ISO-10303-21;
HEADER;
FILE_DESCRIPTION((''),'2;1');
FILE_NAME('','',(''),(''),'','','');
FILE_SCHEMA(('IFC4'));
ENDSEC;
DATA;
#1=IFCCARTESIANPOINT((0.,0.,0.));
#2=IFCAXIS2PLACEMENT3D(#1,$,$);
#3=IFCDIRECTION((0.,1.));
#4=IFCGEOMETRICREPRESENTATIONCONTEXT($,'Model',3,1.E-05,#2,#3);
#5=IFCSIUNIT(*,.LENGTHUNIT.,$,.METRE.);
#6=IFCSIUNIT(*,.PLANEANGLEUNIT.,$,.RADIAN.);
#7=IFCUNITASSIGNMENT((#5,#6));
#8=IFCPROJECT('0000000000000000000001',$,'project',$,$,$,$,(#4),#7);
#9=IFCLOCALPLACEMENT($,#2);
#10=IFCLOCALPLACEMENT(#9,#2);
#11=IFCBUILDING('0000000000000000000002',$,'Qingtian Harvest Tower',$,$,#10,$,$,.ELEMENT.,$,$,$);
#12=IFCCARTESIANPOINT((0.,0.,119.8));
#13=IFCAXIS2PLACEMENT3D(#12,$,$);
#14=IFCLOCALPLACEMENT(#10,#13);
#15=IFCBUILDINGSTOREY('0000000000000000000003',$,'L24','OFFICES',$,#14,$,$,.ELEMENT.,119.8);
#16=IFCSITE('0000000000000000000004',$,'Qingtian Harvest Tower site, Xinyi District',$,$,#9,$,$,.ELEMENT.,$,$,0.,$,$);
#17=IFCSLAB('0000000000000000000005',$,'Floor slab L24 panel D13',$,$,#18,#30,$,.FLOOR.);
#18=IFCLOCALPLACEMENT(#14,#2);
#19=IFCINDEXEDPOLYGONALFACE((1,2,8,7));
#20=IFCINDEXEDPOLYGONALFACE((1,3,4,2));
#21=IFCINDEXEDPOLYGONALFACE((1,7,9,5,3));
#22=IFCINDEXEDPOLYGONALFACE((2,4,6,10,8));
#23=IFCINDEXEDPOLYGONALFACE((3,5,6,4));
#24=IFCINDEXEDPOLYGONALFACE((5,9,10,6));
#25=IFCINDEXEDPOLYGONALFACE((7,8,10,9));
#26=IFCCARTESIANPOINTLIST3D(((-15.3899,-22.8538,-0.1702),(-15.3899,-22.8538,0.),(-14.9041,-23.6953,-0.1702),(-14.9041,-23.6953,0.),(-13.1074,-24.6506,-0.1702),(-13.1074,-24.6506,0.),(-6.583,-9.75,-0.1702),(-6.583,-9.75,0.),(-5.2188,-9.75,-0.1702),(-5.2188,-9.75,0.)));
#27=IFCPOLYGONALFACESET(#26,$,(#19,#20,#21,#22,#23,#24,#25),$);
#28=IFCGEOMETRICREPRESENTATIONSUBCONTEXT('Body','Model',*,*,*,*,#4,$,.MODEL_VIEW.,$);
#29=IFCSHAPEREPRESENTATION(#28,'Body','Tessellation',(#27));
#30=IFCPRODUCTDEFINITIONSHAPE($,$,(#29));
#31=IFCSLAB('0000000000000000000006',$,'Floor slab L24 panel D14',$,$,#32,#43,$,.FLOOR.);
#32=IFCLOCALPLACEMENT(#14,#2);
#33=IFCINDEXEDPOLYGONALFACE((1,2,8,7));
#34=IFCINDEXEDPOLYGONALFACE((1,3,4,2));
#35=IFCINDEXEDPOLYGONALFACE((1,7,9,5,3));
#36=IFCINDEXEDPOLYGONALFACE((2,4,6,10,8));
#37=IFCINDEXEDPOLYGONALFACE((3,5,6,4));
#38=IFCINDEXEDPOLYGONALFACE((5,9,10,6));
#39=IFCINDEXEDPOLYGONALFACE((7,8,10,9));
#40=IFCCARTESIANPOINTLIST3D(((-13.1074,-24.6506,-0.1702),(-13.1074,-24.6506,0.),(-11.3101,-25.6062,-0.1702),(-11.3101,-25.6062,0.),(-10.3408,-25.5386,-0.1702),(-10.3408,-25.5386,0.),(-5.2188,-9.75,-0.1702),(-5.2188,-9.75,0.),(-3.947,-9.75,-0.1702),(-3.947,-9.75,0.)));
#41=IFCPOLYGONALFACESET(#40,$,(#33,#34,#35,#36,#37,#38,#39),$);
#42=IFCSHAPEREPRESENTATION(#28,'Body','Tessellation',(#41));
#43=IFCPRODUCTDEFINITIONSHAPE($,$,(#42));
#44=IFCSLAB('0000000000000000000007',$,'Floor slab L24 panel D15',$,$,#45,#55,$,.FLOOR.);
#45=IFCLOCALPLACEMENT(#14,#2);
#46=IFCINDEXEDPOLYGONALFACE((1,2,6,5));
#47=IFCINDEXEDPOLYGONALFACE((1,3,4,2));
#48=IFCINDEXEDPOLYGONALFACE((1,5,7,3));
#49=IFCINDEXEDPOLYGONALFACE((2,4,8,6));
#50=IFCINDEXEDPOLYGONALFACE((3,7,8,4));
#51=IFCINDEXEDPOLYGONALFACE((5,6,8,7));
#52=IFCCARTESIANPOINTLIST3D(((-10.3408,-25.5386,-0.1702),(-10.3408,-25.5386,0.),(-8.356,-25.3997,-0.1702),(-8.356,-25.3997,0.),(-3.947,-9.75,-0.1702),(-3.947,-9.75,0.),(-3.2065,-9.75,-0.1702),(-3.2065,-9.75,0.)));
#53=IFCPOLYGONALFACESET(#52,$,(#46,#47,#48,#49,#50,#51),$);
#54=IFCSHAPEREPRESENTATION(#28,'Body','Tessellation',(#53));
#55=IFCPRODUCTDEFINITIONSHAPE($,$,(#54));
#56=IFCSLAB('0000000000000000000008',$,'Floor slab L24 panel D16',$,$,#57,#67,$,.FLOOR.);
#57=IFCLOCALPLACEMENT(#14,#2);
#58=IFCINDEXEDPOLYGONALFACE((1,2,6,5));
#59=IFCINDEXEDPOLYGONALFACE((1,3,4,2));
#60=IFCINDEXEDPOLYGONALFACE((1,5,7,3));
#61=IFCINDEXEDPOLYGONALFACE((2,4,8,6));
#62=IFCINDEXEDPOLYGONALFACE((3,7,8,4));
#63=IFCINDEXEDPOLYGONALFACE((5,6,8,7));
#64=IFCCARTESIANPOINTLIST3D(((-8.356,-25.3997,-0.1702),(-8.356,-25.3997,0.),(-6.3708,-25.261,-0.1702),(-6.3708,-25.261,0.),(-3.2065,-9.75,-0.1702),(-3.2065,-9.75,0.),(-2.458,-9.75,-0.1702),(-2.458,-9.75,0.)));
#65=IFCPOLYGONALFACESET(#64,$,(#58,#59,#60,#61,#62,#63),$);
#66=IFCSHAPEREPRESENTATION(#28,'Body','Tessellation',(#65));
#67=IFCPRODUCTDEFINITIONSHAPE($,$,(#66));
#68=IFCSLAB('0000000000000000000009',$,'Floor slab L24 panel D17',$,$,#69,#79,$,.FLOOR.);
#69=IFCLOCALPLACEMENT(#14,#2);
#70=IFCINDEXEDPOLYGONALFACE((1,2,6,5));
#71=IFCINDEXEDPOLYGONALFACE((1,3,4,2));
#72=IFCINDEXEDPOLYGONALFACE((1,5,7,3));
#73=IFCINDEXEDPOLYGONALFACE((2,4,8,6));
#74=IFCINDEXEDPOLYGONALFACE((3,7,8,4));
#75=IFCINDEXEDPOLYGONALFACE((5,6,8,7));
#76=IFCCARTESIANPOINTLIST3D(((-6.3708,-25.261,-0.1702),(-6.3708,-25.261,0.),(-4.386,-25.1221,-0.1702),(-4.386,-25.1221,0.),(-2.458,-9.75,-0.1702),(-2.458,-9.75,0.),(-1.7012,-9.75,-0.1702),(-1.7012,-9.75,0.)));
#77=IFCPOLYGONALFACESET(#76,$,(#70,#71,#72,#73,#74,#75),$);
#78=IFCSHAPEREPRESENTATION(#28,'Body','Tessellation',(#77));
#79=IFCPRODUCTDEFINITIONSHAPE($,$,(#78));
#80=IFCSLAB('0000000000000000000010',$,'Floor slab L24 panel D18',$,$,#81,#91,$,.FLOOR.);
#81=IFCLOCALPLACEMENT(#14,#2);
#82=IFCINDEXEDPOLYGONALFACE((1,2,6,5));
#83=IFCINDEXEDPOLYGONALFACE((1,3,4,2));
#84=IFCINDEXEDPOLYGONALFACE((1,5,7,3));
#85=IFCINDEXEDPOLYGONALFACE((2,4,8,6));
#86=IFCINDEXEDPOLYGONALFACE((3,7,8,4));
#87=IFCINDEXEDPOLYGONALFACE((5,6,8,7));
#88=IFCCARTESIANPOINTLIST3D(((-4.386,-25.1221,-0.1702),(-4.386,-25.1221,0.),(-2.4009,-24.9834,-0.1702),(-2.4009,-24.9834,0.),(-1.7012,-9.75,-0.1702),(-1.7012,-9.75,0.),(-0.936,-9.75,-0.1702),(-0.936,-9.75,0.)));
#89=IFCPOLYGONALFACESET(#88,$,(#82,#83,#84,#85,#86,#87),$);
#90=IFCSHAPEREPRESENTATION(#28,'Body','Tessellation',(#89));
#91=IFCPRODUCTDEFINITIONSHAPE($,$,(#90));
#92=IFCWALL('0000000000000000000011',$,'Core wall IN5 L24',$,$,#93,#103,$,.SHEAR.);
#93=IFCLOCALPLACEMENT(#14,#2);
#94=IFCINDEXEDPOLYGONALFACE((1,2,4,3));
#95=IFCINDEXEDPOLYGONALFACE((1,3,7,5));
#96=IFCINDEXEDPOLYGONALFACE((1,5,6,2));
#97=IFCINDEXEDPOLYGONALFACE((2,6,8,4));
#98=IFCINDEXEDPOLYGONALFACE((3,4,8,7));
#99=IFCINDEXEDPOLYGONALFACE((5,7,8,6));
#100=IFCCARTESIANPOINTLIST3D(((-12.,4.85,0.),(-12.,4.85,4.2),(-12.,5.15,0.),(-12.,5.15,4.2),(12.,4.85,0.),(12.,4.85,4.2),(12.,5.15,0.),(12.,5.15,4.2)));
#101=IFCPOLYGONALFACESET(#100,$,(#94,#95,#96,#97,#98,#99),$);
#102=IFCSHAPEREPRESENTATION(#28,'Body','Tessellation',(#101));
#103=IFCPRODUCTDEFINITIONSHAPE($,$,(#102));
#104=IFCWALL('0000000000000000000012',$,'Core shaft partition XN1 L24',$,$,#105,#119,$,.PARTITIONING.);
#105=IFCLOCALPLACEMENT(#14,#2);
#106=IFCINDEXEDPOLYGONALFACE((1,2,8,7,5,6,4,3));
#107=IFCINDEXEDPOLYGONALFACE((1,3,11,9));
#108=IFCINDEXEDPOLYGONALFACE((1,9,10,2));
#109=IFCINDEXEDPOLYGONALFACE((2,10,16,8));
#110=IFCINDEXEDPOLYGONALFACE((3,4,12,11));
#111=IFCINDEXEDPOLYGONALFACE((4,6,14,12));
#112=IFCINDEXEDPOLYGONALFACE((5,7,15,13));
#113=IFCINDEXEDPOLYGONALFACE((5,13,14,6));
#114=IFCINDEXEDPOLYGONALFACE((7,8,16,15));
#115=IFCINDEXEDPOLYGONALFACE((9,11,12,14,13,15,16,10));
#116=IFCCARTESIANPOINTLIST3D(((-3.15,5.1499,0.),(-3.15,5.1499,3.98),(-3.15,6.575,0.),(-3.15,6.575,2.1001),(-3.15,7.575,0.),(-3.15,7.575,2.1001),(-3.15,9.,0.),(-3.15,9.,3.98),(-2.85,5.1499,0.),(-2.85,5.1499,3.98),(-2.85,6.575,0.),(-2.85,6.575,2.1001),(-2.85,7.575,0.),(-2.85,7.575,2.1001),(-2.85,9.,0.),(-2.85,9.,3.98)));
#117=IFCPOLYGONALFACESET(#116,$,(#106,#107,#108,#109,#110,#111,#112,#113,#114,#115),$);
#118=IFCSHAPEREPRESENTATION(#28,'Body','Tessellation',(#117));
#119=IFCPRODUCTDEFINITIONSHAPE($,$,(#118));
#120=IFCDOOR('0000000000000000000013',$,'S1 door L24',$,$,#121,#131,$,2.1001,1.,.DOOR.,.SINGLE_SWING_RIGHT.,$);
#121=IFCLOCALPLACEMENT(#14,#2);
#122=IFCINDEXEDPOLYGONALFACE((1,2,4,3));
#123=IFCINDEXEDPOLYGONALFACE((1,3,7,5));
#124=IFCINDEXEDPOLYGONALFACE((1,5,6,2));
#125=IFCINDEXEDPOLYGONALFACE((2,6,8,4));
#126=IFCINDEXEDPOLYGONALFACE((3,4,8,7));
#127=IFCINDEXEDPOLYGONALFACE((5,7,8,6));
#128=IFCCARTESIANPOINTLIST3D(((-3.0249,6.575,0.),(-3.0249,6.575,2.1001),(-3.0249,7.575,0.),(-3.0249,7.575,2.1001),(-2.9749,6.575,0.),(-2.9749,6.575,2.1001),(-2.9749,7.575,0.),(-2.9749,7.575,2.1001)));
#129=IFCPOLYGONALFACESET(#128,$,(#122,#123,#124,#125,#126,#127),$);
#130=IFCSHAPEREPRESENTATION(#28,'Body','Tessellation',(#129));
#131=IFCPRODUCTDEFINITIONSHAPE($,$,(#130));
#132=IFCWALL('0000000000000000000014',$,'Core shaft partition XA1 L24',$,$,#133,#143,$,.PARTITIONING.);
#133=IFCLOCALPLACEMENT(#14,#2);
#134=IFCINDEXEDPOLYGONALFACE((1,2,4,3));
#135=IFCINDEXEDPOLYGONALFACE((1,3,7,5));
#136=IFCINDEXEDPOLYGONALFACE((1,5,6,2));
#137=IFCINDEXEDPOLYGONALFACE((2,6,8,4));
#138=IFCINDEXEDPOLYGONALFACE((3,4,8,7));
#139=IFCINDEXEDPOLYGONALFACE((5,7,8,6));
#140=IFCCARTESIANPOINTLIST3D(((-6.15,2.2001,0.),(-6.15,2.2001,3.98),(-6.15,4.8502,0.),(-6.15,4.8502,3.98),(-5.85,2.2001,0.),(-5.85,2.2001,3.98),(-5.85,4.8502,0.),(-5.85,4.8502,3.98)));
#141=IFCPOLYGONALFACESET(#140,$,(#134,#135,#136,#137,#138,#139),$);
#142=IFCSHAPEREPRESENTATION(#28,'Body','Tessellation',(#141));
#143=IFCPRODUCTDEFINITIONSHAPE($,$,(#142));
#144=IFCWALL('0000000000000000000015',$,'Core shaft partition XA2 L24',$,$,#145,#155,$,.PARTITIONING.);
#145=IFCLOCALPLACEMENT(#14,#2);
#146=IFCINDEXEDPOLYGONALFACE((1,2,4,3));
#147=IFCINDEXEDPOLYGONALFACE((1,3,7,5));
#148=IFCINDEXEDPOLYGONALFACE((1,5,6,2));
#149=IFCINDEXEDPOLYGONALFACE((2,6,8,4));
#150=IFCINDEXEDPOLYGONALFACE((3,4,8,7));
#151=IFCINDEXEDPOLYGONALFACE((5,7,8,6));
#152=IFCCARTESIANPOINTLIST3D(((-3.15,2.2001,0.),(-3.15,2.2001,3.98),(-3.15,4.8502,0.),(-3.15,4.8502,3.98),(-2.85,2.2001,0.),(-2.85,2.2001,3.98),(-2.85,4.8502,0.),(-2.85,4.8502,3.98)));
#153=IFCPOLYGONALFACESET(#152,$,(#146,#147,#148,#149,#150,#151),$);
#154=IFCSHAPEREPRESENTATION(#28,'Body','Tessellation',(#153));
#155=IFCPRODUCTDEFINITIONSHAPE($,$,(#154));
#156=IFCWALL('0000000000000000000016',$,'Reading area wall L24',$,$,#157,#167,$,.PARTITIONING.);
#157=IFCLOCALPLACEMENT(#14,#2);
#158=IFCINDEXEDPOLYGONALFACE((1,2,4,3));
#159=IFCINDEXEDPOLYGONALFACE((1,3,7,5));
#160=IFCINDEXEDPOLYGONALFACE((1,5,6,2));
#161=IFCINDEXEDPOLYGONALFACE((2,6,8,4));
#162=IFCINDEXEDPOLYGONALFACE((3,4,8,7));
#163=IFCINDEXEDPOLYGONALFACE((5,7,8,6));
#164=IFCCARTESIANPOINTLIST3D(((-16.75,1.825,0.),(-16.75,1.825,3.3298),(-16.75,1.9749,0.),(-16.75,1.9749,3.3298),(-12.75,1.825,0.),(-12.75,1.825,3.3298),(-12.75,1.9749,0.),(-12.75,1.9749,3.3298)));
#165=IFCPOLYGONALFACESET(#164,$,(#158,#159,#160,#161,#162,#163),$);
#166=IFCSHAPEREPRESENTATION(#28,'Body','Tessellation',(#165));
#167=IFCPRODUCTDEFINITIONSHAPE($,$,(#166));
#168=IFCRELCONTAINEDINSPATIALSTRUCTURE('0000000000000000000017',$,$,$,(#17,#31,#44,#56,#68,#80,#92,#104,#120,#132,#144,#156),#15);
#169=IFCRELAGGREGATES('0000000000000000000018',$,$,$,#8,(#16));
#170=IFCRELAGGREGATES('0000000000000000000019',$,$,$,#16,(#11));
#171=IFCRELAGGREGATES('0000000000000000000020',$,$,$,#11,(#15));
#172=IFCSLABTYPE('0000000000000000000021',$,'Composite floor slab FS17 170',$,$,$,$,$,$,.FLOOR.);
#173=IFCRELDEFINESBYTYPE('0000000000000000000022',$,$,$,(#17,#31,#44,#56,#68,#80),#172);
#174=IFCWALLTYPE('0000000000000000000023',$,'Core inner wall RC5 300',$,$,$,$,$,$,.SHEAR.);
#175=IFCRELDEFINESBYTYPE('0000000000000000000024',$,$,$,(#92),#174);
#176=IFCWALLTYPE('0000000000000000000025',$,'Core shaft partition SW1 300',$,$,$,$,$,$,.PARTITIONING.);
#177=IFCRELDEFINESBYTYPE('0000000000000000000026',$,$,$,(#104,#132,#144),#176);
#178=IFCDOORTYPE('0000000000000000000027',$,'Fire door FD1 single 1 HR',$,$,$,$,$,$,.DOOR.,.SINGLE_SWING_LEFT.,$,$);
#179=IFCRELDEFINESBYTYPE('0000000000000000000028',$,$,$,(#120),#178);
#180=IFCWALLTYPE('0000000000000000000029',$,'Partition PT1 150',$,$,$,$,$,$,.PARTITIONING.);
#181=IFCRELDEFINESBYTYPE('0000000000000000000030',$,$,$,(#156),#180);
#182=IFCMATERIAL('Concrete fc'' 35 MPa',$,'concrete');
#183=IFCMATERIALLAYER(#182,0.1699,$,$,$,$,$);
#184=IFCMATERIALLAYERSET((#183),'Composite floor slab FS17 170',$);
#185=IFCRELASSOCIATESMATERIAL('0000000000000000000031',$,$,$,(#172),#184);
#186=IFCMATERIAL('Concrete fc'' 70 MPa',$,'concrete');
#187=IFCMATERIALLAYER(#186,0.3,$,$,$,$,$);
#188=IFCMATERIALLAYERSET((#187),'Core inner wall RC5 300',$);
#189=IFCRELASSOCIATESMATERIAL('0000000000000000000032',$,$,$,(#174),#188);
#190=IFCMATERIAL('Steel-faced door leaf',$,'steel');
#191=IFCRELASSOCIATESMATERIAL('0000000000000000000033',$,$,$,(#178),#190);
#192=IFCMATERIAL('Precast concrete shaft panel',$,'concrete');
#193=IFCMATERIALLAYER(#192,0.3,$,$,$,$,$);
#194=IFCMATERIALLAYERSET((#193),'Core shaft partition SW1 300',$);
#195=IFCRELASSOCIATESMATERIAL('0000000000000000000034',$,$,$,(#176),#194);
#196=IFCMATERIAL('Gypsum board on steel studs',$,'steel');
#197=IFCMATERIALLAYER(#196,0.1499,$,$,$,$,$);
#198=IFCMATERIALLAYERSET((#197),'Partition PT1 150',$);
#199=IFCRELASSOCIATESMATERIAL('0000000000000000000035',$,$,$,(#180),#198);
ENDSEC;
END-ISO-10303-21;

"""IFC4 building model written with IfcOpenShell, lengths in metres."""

from ifc_helpers import new_model, si_unit, direction, frame, frame_2d, origin, place, context, subcontext, project, spatial, polyline, rectangle, outline, extrude, material, layer, layer_set, type_object, element, fill, save


model = new_model("IFC4")

# Units and contexts
model_context = context("Model", 3, precision=1e-05, world=origin(), true_north=direction((0.0, 1.0)))
body_context = subcontext(model_context, "Body", "Model", "MODEL_VIEW")
ifc_project = project(units=[si_unit("LENGTHUNIT", "METRE"), si_unit("PLANEANGLEUNIT", "RADIAN")], contexts=[model_context])

# Site, building, storey
site_placement = place(None, origin())
site = spatial("IfcSite", under=ifc_project, at=site_placement, Name="Qingtian Harvest Tower site, Xinyi District", CompositionType="ELEMENT", RefElevation=0.0)
building_placement = place(site_placement, origin())
building = spatial("IfcBuilding", under=site, at=building_placement, Name="Qingtian Harvest Tower", CompositionType="ELEMENT")
storey_placement = place(building_placement, frame((0.0, 0.0, 119.8)))
storey = spatial("IfcBuildingStorey", under=building, at=storey_placement, Name="L24", Description="OFFICES", CompositionType="ELEMENT", Elevation=119.8)

# Slabs
ifc_material_1 = material(Name="Concrete fc' 35 MPa", Category="concrete")
ifc_layer_1 = layer(ifc_material_1, 0.1699)
ifc_layer_set_1 = layer_set([ifc_layer_1], Name="Composite floor slab FS17 170")
slab_type = type_object("IfcSlabType", Name="Composite floor slab FS17 170", PredefinedType="FLOOR", material=ifc_layer_set_1)
slab_1_placement = place(storey_placement, frame((0.0, 0.0, -0.1702)))
element("IfcSlab", 1, at=slab_1_placement, inside=storey, type_object=slab_type, Name="Floor slab L24 panel D13", PredefinedType="FLOOR", context=body_context, shape_type="SweptSolid", body=[
    extrude(outline(polyline([(-6.583, -9.75), (-5.2188, -9.75), (-13.1074, -24.6506), (-14.9041, -23.6953), (-15.3899, -22.8538), (-6.583, -9.75)])), origin(), (0.0, 0.0, 1.0), 0.1702),
])
slab_2_placement = place(storey_placement, frame((0.0, 0.0, -0.1702)))
element("IfcSlab", 2, at=slab_2_placement, inside=storey, type_object=slab_type, Name="Floor slab L24 panel D14", PredefinedType="FLOOR", context=body_context, shape_type="SweptSolid", body=[
    extrude(outline(polyline([(-5.2188, -9.75), (-3.947, -9.75), (-10.3408, -25.5386), (-11.3101, -25.6062), (-13.1074, -24.6506), (-5.2188, -9.75)])), origin(), (0.0, 0.0, 1.0), 0.1702),
])
slab_3_placement = place(storey_placement, frame((0.0, 0.0, -0.1702)))
element("IfcSlab", 3, at=slab_3_placement, inside=storey, type_object=slab_type, Name="Floor slab L24 panel D15", PredefinedType="FLOOR", context=body_context, shape_type="SweptSolid", body=[
    extrude(outline(polyline([(-3.2065, -9.75), (-8.356, -25.3997), (-10.3408, -25.5386), (-3.947, -9.75), (-3.2065, -9.75)])), origin(), (0.0, 0.0, 1.0), 0.1702),
])
slab_4_placement = place(storey_placement, frame((0.0, 0.0, -0.1702)))
element("IfcSlab", 4, at=slab_4_placement, inside=storey, type_object=slab_type, Name="Floor slab L24 panel D16", PredefinedType="FLOOR", context=body_context, shape_type="SweptSolid", body=[
    extrude(outline(polyline([(-2.458, -9.75), (-6.3708, -25.261), (-8.356, -25.3997), (-3.2065, -9.75), (-2.458, -9.75)])), origin(), (0.0, 0.0, 1.0), 0.1702),
])
slab_5_placement = place(storey_placement, frame((0.0, 0.0, -0.1702)))
element("IfcSlab", 5, at=slab_5_placement, inside=storey, type_object=slab_type, Name="Floor slab L24 panel D17", PredefinedType="FLOOR", context=body_context, shape_type="SweptSolid", body=[
    extrude(outline(polyline([(-1.7012, -9.75), (-4.386, -25.1221), (-6.3708, -25.261), (-2.458, -9.75), (-1.7012, -9.75)])), origin(), (0.0, 0.0, 1.0), 0.1702),
])
slab_6_placement = place(storey_placement, frame((0.0, 0.0, -0.1702)))
element("IfcSlab", 6, at=slab_6_placement, inside=storey, type_object=slab_type, Name="Floor slab L24 panel D18", PredefinedType="FLOOR", context=body_context, shape_type="SweptSolid", body=[
    extrude(outline(polyline([(-0.936, -9.75), (-2.4009, -24.9834), (-4.386, -25.1221), (-1.7012, -9.75), (-0.936, -9.75)])), origin(), (0.0, 0.0, 1.0), 0.1702),
])

# Wall
ifc_material_2 = material(Name="Concrete fc' 70 MPa", Category="concrete")
ifc_layer_2 = layer(ifc_material_2, 0.3)
ifc_layer_set_2 = layer_set([ifc_layer_2], Name="Core inner wall RC5 300")
wall_type_1 = type_object("IfcWallType", Name="Core inner wall RC5 300", PredefinedType="SHEAR", material=ifc_layer_set_2)
wall_1_placement = place(storey_placement, frame((-12.0, 5.0, 0.0), z_axis=(0.0, 0.0, 1.0), x_axis=(1.0, 0.0, 0.0)))
element("IfcWall", 7, at=wall_1_placement, inside=storey, type_object=wall_type_1, Name="Core wall IN5 L24", PredefinedType="SHEAR", context=body_context, shape_type="SweptSolid", body=[
    extrude(rectangle(XDim=24.0, YDim=0.3, at=frame_2d((12.0, 0.0))), origin(), (0.0, 0.0, 1.0), 4.2),
])

# Shared definitions
ifc_material_3 = material(Name="Steel-faced door leaf", Category="steel")
door_type_1 = type_object("IfcDoorType", Name="Fire door FD1 single 1 HR", OperationType="SINGLE_SWING_LEFT", PredefinedType="DOOR", material=ifc_material_3)

# Wall, opening, door
ifc_material_4 = material(Name="Precast concrete shaft panel", Category="concrete")
ifc_layer_3 = layer(ifc_material_4, 0.3)
ifc_layer_set_3 = layer_set([ifc_layer_3], Name="Core shaft partition SW1 300")
wall_type_2 = type_object("IfcWallType", Name="Core shaft partition SW1 300", PredefinedType="PARTITIONING", material=ifc_layer_set_3)
wall_2_placement = place(storey_placement, frame((-3.0, 5.1499, 0.0), z_axis=(0.0, 0.0, 1.0), x_axis=(0.0, 1.0, 0.0)))
wall_2 = element("IfcWall", 8, at=wall_2_placement, inside=storey, type_object=wall_type_2, Name="Core shaft partition XN1 L24", PredefinedType="PARTITIONING", context=body_context, shape_type="SweptSolid", body=[
    extrude(rectangle(XDim=3.8501, YDim=0.3, at=frame_2d((1.925, 0.0))), origin(), (0.0, 0.0, 1.0), 3.98),
])
opening_1_placement = place(wall_2_placement, frame((1.425, 0.0, 0.0)))
opening_1 = element("IfcOpeningElement", 9, at=opening_1_placement, cuts=wall_2, PredefinedType="OPENING", context=body_context, shape_type="SweptSolid", body=[
    extrude(rectangle(XDim=1.0, YDim=2.1001, at=frame_2d((0.5, 1.05))), frame((0.0, 0.1599, 0.0), z_axis=(0.0, -1.0, 0.0), x_axis=(1.0, 0.0, 0.0)), (0.0, 0.0, 1.0), 0.3201),
])
door_1_placement = place(opening_1_placement, origin())
door_1 = element("IfcDoor", 10, at=door_1_placement, inside=storey, type_object=door_type_1, Name="S1 door L24", OperationType="SINGLE_SWING_RIGHT", OverallHeight=2.1001, OverallWidth=1.0, PredefinedType="DOOR", context=body_context, shape_type="SweptSolid", body=[
    extrude(rectangle(XDim=1.0, YDim=2.1001, at=frame_2d((0.5, 1.05))), frame((0.0, 0.0249, 0.0), z_axis=(0.0, -1.0, 0.0), x_axis=(1.0, 0.0, 0.0)), (0.0, 0.0, 1.0), 0.05),
])
fill(opening_1, door_1)

# Walls
for number, where, z_axis, x_axis, name in (
    (11, (-6.0, 2.2, 0.0), (0.0, 0.0, 1.0), (0.0, 1.0, 0.0), "Core shaft partition XA1 L24"),
    (12, (-3.0, 2.2, 0.0), (0.0, 0.0, 1.0), (0.0, 1.0, 0.0), "Core shaft partition XA2 L24"),
):
    element("IfcWall", number, at=place(storey_placement, frame(where, z_axis=z_axis, x_axis=x_axis)), inside=storey, type_object=wall_type_2, Name=name, PredefinedType="PARTITIONING", context=body_context, shape_type="SweptSolid", body=[
        extrude(rectangle(XDim=2.6501, YDim=0.3, at=frame_2d((1.3252, 0.0))), origin(), (0.0, 0.0, 1.0), 3.98),
    ])
ifc_material_5 = material(Name="Gypsum board on steel studs", Category="steel")
ifc_layer_4 = layer(ifc_material_5, 0.1499)
ifc_layer_set_4 = layer_set([ifc_layer_4], Name="Partition PT1 150")
wall_type_3 = type_object("IfcWallType", Name="Partition PT1 150", PredefinedType="PARTITIONING", material=ifc_layer_set_4)
wall_3_placement = place(storey_placement, frame((-12.75, 1.8999, 0.0), z_axis=(0.0, 0.0, 1.0), x_axis=(-1.0, 0.0, 0.0)))
element("IfcWall", 13, at=wall_3_placement, inside=storey, type_object=wall_type_3, Name="Reading area wall L24", PredefinedType="PARTITIONING", context=body_context, shape_type="SweptSolid", body=[
    extrude(rectangle(XDim=4.0, YDim=0.1499, at=frame_2d((2.0, 0.0))), origin(), (0.0, 0.0, 1.0), 3.3298),
])

save(model, "model.ifc")
